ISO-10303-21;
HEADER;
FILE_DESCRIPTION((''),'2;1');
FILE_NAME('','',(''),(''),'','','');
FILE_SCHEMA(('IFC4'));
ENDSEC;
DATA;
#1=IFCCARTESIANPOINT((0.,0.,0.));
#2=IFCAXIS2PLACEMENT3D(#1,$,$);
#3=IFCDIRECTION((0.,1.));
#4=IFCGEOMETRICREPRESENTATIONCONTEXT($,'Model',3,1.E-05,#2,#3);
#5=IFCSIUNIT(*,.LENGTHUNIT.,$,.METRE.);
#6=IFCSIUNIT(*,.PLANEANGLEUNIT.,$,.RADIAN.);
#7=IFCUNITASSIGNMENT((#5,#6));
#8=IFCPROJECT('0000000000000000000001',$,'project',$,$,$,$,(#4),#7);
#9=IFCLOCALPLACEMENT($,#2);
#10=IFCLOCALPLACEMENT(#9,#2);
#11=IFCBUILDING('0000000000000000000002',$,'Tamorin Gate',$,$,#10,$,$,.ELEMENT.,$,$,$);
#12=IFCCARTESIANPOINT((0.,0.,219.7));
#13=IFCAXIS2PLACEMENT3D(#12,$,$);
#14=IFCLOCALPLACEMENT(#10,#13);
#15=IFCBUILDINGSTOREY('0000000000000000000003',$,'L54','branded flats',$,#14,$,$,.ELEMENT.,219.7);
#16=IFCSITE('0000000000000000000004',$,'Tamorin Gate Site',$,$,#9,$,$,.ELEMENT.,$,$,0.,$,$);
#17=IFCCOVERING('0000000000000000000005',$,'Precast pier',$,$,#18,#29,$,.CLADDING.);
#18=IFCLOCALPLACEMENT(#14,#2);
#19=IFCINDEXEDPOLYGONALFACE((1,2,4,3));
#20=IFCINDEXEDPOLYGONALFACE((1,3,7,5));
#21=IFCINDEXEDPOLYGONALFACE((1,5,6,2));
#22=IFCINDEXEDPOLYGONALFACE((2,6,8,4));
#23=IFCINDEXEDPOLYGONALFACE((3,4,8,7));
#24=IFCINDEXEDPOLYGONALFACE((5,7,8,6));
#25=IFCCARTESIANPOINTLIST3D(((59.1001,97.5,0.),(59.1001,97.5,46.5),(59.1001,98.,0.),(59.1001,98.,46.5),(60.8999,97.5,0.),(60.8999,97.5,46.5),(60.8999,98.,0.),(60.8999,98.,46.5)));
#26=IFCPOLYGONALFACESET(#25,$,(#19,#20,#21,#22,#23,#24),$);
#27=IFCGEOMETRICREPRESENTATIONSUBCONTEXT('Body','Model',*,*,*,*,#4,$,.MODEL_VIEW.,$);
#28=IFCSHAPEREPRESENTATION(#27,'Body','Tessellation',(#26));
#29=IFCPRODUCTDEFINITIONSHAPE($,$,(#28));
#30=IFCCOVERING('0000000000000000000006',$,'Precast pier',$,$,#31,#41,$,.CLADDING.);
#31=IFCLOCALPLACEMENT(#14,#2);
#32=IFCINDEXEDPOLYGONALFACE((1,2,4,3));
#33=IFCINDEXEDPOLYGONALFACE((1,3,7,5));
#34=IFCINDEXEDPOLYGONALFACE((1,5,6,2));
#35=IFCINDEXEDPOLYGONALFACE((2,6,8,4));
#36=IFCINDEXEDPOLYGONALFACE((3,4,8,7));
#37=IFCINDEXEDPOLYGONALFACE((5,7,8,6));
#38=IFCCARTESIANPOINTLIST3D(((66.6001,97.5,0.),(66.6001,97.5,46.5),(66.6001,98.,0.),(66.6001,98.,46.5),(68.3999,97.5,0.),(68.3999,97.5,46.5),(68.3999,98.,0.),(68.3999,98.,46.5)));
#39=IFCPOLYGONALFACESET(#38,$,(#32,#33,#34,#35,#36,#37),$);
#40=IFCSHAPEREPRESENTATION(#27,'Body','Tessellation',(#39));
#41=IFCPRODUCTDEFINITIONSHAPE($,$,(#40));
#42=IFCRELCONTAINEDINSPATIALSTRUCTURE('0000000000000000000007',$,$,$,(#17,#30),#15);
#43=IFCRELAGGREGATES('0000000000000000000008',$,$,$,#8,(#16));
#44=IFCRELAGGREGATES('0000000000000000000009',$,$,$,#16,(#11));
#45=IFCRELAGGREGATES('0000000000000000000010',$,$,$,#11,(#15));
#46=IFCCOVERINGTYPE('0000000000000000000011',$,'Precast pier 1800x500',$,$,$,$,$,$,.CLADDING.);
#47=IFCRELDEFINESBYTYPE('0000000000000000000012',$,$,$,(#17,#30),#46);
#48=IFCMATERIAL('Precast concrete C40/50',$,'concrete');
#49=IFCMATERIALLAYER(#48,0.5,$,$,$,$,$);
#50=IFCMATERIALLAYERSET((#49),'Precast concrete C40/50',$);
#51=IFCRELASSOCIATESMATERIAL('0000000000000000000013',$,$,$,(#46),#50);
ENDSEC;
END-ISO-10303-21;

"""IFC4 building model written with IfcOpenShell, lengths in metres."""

from ifc_helpers import new_model, si_unit, direction, frame, origin, place, context, subcontext, project, spatial, polyline, outline, extrude, material, layer, layer_set, type_object, element, save


model = new_model("IFC4")

# Units and contexts
model_context = context("Model", 3, precision=1e-05, world=origin(), true_north=direction((0.0, 1.0)))
body_context = subcontext(model_context, "Body", "Model", "MODEL_VIEW")
ifc_project = project(units=[si_unit("LENGTHUNIT", "METRE"), si_unit("PLANEANGLEUNIT", "RADIAN")], contexts=[model_context])

# Site, building, storey
site_placement = place(None, origin())
site = spatial("IfcSite", under=ifc_project, at=site_placement, Name="Tamorin Gate Site", CompositionType="ELEMENT", RefElevation=0.0)
building_placement = place(site_placement, origin())
building = spatial("IfcBuilding", under=site, at=building_placement, Name="Tamorin Gate", CompositionType="ELEMENT")
storey_placement = place(building_placement, frame((0.0, 0.0, 219.7)))
storey = spatial("IfcBuildingStorey", under=building, at=storey_placement, Name="L54", Description="branded flats", CompositionType="ELEMENT", Elevation=219.7)

# Coverings
ifc_material_1 = material(Name="Precast concrete C40/50", Category="concrete")
ifc_layer_1 = layer(ifc_material_1, 0.5)
ifc_layer_set_1 = layer_set([ifc_layer_1], Name="Precast concrete C40/50")
covering_type_1 = type_object("IfcCoveringType", Name="Precast pier 1800x500", PredefinedType="CLADDING", material=ifc_layer_set_1)
covering_1_placement = place(storey_placement, origin())
element("IfcCovering", 1, at=covering_1_placement, inside=storey, type_object=covering_type_1, Name="Precast pier", PredefinedType="CLADDING", context=body_context, shape_type="SweptSolid", body=[
    extrude(outline(polyline([(60.8999, 97.5), (59.1001, 97.5), (59.1001, 98.0), (60.8999, 98.0), (60.8999, 97.5)])), origin(), (0.0, 0.0, 1.0), 46.5),
])
covering_2_placement = place(storey_placement, origin())
element("IfcCovering", 2, at=covering_2_placement, inside=storey, type_object=covering_type_1, Name="Precast pier", PredefinedType="CLADDING", context=body_context, shape_type="SweptSolid", body=[
    extrude(outline(polyline([(68.3999, 97.5), (66.6001, 97.5), (66.6001, 98.0), (68.3999, 98.0), (68.3999, 97.5)])), origin(), (0.0, 0.0, 1.0), 46.5),
])

save(model, "model.ifc")
